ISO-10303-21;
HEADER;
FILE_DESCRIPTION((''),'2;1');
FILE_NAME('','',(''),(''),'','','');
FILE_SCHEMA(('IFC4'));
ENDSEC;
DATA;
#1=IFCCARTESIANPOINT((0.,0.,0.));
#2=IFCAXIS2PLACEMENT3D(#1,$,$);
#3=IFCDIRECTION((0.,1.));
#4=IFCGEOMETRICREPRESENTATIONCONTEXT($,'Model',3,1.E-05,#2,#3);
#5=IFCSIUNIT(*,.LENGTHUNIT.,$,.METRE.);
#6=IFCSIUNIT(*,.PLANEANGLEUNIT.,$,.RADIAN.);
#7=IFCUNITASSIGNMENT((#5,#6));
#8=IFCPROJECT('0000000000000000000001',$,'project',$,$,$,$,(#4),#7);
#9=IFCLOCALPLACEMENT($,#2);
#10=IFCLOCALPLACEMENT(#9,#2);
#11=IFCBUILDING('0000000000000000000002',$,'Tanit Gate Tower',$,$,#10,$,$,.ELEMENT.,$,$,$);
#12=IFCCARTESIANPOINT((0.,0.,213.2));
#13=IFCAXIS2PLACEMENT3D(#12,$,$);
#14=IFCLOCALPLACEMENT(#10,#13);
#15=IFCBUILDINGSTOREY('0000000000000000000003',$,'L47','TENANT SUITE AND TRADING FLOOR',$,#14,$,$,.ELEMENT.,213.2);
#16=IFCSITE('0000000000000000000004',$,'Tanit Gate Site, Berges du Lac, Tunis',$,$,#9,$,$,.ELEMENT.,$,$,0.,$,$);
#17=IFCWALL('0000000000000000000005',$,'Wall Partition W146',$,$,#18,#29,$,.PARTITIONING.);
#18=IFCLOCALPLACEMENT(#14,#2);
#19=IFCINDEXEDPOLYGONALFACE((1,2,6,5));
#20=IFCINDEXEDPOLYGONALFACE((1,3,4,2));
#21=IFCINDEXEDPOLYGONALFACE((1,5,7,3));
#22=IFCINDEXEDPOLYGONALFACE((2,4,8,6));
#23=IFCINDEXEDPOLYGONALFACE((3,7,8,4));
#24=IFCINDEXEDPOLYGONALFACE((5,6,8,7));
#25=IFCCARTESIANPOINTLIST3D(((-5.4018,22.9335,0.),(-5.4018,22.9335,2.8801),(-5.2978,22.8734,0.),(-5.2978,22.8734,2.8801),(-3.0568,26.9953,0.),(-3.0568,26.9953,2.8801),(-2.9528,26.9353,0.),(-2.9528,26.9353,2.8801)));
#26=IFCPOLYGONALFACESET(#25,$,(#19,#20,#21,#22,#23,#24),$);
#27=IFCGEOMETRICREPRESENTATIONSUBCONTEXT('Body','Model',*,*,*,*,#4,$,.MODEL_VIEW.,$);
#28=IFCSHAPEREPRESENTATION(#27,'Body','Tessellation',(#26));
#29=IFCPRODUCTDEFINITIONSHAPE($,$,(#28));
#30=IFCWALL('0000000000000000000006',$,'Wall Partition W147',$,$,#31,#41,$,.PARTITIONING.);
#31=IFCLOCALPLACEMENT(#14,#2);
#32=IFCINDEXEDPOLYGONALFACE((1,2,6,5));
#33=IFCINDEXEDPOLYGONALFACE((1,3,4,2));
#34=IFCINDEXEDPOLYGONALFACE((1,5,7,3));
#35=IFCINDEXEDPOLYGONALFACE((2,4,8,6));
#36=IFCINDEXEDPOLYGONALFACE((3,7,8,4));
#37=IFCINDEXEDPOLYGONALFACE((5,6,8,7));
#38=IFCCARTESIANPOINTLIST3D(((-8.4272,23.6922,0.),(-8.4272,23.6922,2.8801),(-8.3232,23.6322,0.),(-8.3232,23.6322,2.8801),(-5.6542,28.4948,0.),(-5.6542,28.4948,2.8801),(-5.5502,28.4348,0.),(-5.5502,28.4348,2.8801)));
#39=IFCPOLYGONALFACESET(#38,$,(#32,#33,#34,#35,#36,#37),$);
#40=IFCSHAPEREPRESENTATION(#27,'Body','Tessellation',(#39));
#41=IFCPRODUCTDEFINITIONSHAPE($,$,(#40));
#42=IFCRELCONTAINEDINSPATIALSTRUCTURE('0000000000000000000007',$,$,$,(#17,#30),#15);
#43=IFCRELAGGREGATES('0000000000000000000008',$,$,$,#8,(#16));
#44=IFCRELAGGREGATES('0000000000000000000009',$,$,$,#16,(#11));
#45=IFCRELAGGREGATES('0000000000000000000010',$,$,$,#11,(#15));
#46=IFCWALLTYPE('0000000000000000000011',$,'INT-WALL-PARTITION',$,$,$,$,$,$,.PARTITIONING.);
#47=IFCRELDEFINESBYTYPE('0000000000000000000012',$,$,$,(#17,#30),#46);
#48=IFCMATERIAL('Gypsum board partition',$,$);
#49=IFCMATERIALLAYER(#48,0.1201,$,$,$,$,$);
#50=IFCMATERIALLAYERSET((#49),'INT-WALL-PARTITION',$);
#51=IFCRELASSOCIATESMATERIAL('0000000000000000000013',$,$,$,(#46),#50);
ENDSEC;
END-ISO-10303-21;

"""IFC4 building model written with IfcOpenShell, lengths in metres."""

from ifc_helpers import new_model, si_unit, direction, frame, frame_2d, origin, place, context, subcontext, project, spatial, rectangle, extrude, material, layer, layer_set, type_object, element, save


model = new_model("IFC4")

# Units and contexts
model_context = context("Model", 3, precision=1e-05, world=origin(), true_north=direction((0.0, 1.0)))
body_context = subcontext(model_context, "Body", "Model", "MODEL_VIEW")
ifc_project = project(units=[si_unit("LENGTHUNIT", "METRE"), si_unit("PLANEANGLEUNIT", "RADIAN")], contexts=[model_context])

# Site, building, storey
site_placement = place(None, origin())
site = spatial("IfcSite", under=ifc_project, at=site_placement, Name="Tanit Gate Site, Berges du Lac, Tunis", CompositionType="ELEMENT", RefElevation=0.0)
building_placement = place(site_placement, origin())
building = spatial("IfcBuilding", under=site, at=building_placement, Name="Tanit Gate Tower", CompositionType="ELEMENT")
storey_placement = place(building_placement, frame((0.0, 0.0, 213.2)))
storey = spatial("IfcBuildingStorey", under=building, at=storey_placement, Name="L47", Description="TENANT SUITE AND TRADING FLOOR", CompositionType="ELEMENT", Elevation=213.2)

# Shared definitions
ifc_material_1 = material(Name="Gypsum board partition")
ifc_layer_1 = layer(ifc_material_1, 0.1201)
ifc_layer_set_1 = layer_set([ifc_layer_1], Name="INT-WALL-PARTITION")
wall_type_1 = type_object("IfcWallType", Name="INT-WALL-PARTITION", PredefinedType="PARTITIONING", material=ifc_layer_set_1)

# Walls
wall_1_placement = place(storey_placement, frame((-5.3499, 22.9033, 0.0), z_axis=(0.0, 0.0, 1.0), x_axis=(0.499985, 0.866034, 0.0)))
element("IfcWall", 1, at=wall_1_placement, inside=storey, type_object=wall_type_1, Name="Wall Partition W146", PredefinedType="PARTITIONING", context=body_context, shape_type="SweptSolid", body=[
    extrude(rectangle(XDim=4.6902, YDim=0.1201, at=frame_2d((2.3452, 0.0))), origin(), (0.0, 0.0, 1.0), 2.8801),
])
wall_2_placement = place(storey_placement, frame((-8.3752, 23.6621, 0.0), z_axis=(0.0, 0.0, 1.0), x_axis=(0.500031, 0.866007, 0.0)))
element("IfcWall", 2, at=wall_2_placement, inside=storey, type_object=wall_type_1, Name="Wall Partition W147", PredefinedType="PARTITIONING", context=body_context, shape_type="SweptSolid", body=[
    extrude(rectangle(XDim=5.5457, YDim=0.1201, at=frame_2d((2.7729, 0.0))), origin(), (0.0, 0.0, 1.0), 2.8801),
])

save(model, "model.ifc")
